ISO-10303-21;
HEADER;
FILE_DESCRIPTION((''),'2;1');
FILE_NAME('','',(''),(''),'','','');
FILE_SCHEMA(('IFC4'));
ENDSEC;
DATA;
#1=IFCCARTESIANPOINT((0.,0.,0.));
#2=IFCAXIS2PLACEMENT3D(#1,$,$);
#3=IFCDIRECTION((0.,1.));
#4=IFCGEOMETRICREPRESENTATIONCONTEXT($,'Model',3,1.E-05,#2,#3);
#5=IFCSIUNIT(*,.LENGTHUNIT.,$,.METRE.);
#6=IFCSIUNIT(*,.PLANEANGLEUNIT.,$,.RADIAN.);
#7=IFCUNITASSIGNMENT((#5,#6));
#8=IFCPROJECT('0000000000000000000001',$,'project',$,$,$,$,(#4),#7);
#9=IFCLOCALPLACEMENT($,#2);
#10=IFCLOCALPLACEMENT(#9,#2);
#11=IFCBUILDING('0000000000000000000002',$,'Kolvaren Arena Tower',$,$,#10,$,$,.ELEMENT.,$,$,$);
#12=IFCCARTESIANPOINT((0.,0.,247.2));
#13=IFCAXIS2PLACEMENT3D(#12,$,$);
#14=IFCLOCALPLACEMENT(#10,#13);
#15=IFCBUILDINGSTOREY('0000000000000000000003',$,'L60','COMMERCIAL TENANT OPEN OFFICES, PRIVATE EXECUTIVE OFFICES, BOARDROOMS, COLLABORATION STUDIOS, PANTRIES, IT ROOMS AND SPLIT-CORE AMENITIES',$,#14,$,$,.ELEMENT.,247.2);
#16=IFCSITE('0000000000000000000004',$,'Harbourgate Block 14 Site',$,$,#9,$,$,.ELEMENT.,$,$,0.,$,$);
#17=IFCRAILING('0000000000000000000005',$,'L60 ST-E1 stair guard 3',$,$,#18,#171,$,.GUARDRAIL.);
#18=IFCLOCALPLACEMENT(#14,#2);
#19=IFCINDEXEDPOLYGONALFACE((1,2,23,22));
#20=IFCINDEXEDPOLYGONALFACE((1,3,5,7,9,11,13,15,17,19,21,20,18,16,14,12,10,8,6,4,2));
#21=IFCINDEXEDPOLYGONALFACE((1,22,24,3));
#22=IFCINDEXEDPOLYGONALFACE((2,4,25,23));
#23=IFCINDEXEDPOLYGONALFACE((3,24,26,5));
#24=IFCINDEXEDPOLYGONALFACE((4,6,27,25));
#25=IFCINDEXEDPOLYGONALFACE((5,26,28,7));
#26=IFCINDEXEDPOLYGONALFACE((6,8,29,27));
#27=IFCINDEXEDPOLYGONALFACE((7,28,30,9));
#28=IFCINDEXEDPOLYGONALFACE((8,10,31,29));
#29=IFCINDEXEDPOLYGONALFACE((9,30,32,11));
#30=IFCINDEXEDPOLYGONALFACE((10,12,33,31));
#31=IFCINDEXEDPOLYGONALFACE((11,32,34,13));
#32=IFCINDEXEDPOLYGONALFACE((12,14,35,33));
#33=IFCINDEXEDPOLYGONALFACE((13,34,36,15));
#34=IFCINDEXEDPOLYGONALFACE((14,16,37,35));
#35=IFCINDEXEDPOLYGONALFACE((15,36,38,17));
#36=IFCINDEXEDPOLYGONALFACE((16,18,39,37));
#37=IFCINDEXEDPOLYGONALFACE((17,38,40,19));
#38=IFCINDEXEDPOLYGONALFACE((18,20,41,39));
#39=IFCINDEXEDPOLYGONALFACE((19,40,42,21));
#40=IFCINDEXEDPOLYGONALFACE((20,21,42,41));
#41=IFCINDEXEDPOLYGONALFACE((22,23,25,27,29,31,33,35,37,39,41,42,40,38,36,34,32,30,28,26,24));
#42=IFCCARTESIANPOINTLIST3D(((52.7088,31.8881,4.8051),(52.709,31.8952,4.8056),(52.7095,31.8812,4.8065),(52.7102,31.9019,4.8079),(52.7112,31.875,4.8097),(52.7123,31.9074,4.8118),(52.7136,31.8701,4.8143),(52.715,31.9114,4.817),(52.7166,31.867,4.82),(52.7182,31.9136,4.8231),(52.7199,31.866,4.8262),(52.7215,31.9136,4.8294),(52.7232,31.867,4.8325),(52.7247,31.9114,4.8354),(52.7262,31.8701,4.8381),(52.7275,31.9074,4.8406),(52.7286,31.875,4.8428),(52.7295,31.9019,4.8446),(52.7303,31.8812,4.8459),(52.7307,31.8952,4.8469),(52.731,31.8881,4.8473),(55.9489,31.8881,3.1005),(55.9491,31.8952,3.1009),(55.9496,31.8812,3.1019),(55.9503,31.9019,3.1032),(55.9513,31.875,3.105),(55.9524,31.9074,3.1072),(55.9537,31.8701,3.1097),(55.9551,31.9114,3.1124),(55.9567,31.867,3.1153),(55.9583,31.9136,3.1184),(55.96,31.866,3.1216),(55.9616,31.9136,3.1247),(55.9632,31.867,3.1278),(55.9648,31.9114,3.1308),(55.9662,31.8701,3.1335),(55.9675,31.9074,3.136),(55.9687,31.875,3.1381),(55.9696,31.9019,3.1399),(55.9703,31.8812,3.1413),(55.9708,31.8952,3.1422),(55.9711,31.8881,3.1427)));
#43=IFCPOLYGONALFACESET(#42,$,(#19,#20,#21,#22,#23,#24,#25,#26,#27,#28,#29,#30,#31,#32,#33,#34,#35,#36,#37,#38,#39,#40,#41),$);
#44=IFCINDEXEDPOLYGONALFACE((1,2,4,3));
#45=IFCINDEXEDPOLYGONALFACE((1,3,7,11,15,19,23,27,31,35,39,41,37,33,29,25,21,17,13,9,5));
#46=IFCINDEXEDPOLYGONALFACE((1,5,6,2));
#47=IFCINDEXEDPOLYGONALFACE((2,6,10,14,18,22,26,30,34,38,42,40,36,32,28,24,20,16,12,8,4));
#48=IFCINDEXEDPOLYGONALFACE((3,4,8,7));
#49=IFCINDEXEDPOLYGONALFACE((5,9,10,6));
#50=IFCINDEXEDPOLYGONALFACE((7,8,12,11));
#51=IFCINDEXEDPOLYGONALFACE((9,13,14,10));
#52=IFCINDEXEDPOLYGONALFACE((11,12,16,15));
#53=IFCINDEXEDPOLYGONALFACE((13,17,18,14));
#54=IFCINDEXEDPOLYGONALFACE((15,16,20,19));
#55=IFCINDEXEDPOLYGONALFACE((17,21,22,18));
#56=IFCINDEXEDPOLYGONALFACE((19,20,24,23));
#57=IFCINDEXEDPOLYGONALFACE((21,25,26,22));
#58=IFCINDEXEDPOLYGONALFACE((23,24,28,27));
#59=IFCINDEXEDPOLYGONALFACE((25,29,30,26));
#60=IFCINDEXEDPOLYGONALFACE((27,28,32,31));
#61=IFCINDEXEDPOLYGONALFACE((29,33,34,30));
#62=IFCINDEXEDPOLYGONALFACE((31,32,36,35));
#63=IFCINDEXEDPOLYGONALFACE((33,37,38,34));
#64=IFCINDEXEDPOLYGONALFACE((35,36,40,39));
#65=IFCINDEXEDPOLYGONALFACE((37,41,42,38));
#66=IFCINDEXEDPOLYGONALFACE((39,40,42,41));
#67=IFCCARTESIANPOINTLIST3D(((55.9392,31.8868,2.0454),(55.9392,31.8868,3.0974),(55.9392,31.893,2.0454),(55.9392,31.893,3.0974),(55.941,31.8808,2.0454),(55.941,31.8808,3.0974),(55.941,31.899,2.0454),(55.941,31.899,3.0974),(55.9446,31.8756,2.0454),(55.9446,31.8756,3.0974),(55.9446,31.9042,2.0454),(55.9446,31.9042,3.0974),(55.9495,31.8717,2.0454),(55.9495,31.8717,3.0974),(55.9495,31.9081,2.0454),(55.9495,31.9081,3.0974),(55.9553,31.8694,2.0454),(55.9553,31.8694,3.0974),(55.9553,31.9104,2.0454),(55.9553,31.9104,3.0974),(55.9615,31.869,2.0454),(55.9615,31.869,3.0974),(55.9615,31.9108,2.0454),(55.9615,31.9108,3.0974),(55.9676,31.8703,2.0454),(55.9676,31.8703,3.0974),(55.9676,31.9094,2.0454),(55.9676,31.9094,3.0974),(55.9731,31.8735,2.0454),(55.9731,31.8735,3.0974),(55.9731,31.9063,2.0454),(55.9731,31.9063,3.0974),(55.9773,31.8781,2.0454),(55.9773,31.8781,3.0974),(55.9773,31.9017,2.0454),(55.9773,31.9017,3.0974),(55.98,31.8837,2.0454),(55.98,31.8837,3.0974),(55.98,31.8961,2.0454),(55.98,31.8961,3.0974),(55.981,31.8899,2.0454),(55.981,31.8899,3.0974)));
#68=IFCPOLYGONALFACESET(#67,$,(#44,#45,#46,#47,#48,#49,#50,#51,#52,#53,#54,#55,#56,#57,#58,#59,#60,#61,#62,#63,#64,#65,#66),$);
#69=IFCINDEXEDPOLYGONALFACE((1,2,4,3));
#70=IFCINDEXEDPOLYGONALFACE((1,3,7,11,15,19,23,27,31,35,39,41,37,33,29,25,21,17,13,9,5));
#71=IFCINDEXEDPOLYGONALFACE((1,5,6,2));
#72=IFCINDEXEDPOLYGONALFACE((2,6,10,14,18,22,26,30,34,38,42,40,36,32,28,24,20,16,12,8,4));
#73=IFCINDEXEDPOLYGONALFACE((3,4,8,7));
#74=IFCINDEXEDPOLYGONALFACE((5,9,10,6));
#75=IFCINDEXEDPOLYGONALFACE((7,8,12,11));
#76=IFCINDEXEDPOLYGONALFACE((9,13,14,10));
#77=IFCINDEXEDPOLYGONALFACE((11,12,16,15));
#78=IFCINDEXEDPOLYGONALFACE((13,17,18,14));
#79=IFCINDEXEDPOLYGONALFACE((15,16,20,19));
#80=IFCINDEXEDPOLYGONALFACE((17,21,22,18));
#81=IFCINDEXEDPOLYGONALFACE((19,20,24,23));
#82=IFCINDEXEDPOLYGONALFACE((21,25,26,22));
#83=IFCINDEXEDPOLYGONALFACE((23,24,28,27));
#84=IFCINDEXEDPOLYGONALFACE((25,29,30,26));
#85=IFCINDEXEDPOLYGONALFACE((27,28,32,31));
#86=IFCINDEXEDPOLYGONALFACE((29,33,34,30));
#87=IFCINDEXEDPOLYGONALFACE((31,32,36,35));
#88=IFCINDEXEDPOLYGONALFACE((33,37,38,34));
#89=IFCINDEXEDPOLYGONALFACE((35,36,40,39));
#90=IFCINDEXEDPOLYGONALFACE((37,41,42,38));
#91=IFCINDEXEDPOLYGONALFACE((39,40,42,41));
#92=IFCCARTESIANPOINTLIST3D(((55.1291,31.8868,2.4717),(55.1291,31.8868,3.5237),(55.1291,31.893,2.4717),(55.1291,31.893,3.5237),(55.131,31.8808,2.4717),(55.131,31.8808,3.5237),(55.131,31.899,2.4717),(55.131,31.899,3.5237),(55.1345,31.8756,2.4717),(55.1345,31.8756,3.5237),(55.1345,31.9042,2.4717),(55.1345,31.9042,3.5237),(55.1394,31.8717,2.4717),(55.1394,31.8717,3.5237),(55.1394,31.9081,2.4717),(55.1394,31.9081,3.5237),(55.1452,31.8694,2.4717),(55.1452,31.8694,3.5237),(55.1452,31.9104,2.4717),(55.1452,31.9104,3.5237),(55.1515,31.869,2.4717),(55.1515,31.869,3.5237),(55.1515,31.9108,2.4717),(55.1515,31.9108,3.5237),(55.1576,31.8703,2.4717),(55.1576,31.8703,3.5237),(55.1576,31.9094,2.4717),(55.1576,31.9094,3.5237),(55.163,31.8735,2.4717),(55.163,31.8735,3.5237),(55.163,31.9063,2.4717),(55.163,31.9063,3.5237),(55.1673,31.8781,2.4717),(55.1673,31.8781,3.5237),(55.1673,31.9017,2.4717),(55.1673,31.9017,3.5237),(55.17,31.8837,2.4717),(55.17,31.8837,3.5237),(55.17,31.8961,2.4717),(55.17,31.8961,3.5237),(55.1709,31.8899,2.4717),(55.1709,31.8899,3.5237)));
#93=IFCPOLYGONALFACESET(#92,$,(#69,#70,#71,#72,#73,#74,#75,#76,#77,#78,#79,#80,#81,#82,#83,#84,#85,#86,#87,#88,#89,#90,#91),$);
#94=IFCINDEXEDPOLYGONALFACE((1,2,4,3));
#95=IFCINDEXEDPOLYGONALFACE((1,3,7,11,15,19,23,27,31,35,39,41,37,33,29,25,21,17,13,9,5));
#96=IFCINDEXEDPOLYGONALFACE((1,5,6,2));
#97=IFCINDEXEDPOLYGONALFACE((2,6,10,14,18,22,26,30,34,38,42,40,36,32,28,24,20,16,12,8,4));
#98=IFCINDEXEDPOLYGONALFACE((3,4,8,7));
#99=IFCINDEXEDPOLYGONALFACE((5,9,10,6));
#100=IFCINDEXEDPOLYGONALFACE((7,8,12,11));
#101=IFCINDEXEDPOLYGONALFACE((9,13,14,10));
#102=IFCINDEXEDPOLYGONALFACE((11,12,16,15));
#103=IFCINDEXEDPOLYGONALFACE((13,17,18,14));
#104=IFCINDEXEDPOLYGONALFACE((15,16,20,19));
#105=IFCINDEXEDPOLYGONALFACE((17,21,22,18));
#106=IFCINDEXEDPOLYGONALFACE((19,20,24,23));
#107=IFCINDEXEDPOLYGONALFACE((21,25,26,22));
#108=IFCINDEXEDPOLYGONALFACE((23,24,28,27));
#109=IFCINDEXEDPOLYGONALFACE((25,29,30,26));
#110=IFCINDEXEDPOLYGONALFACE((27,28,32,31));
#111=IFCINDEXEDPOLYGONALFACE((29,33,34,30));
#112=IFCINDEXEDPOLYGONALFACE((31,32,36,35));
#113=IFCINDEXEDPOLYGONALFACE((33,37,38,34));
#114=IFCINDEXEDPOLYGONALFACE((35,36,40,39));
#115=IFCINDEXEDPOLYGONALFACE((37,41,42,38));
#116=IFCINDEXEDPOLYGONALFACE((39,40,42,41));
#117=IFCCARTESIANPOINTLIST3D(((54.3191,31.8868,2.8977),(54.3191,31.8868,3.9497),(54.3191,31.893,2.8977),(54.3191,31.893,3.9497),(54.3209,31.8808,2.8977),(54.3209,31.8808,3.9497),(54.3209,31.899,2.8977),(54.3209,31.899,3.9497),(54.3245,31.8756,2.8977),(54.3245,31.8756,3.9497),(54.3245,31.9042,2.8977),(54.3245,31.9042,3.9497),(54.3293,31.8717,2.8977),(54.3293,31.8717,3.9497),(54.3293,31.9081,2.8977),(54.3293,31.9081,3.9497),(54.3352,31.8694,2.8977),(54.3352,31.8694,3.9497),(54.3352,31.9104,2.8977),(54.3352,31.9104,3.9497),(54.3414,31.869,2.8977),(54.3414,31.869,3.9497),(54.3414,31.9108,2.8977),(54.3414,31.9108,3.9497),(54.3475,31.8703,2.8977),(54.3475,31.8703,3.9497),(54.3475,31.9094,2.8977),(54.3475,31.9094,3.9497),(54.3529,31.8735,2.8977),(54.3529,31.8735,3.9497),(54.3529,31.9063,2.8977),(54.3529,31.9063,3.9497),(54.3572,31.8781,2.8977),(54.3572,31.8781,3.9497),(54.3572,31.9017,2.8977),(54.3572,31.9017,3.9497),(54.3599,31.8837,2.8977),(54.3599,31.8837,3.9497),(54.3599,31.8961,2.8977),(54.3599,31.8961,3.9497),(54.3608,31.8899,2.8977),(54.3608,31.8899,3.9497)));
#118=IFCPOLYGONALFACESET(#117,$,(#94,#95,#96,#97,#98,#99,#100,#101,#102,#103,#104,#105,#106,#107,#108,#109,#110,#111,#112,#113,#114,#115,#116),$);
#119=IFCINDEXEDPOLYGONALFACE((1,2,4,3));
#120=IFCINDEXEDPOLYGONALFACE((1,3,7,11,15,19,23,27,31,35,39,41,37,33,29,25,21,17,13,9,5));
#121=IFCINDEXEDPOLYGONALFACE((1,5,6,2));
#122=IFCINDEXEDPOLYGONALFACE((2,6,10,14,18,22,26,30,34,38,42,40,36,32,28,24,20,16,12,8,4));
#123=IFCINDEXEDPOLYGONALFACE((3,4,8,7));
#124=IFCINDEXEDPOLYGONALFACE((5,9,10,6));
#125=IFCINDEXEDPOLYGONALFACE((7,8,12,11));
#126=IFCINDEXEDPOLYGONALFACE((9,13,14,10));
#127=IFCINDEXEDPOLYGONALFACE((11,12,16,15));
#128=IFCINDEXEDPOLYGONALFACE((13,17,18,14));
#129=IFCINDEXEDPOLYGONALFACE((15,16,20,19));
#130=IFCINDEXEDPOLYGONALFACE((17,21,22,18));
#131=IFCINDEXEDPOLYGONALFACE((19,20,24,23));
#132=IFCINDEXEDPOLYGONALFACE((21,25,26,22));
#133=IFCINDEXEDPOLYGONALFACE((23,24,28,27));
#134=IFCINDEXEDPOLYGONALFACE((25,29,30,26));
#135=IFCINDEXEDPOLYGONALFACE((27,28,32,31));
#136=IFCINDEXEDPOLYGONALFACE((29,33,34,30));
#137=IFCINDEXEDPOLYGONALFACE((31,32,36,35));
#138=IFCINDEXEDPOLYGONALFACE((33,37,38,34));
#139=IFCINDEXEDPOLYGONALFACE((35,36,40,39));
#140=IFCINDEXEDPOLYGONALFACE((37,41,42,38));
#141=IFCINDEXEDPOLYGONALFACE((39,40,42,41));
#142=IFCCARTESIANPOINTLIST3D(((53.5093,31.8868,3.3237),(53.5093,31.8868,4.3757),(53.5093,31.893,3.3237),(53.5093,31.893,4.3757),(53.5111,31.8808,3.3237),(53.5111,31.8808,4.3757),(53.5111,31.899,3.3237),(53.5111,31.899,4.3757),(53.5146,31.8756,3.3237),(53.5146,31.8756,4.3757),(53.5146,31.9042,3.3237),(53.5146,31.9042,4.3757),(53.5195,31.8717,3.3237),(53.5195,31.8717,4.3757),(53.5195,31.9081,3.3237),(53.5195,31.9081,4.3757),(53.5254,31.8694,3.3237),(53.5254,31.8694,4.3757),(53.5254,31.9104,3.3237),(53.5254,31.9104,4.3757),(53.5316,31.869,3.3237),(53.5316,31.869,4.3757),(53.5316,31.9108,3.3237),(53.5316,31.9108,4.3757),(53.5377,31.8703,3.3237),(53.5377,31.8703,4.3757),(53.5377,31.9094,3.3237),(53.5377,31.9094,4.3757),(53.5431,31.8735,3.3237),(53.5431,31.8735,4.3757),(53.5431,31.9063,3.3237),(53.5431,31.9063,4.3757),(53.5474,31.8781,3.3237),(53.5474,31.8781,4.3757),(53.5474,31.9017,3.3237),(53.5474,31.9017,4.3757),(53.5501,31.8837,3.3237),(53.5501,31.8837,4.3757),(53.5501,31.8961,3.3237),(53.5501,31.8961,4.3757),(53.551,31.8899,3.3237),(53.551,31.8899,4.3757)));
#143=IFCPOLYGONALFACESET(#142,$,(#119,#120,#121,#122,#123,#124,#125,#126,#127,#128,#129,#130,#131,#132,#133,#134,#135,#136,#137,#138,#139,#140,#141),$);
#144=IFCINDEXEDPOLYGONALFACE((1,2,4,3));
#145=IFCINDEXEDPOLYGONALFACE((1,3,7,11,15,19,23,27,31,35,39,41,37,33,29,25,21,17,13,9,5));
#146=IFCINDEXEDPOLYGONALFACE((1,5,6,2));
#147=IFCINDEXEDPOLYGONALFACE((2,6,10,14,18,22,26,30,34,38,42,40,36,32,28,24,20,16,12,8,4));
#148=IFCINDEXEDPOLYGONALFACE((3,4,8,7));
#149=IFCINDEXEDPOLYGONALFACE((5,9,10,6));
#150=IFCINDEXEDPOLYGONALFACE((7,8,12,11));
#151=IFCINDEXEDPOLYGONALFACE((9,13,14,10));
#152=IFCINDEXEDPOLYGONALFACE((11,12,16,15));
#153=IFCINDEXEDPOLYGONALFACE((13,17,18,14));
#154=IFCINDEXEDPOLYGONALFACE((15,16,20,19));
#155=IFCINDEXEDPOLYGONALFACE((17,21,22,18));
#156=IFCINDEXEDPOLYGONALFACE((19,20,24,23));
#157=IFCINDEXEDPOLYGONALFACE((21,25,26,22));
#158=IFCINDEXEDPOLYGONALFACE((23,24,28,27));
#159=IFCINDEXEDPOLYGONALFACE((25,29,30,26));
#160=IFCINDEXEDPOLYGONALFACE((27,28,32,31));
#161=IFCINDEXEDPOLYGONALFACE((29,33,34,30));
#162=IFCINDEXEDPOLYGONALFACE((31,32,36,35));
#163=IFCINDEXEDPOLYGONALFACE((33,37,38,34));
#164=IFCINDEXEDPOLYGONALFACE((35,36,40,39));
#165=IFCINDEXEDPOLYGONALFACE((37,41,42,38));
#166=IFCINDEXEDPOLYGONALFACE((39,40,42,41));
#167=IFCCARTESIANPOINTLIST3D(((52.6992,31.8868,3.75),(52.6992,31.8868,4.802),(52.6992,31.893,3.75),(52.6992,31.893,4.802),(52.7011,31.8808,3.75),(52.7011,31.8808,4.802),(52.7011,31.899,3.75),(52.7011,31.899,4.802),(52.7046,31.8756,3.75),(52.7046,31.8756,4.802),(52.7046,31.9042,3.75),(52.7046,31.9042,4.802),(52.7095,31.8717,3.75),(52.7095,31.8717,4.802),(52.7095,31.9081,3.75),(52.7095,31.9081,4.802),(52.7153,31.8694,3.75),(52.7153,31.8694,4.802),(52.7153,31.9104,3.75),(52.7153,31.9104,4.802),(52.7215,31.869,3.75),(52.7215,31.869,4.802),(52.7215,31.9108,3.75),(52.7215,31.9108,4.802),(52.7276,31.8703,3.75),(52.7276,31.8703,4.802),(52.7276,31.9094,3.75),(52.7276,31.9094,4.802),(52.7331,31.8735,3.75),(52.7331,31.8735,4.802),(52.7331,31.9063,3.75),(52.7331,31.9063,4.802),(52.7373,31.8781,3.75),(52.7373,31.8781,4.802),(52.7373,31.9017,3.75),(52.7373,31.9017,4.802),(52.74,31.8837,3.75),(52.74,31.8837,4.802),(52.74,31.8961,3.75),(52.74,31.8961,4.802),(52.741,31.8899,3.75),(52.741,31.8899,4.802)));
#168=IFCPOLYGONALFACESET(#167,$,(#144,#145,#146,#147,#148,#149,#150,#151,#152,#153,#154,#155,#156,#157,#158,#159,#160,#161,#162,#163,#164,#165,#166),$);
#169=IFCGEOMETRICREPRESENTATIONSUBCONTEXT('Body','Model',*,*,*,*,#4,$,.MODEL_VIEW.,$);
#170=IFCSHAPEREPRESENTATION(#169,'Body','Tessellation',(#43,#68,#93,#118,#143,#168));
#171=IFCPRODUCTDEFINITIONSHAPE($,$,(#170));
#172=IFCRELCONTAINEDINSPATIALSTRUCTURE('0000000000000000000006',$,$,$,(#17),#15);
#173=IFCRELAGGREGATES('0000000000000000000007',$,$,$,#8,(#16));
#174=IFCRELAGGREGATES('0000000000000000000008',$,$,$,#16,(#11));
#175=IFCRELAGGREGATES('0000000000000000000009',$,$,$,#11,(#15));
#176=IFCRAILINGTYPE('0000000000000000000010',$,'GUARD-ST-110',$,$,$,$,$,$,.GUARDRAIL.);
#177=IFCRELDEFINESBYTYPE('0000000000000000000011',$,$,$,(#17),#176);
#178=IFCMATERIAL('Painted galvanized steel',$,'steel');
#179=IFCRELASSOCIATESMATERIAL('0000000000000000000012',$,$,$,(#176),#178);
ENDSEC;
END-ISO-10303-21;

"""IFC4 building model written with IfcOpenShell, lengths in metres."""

from ifc_helpers import new_model, si_unit, direction, frame, origin, origin_2d, place, context, subcontext, project, spatial, circle, extrude, material, type_object, element, save


model = new_model("IFC4")

# Units and contexts
model_context = context("Model", 3, precision=1e-05, world=origin(), true_north=direction((0.0, 1.0)))
body_context = subcontext(model_context, "Body", "Model", "MODEL_VIEW")
ifc_project = project(units=[si_unit("LENGTHUNIT", "METRE"), si_unit("PLANEANGLEUNIT", "RADIAN")], contexts=[model_context])

# Site, building, storey
site_placement = place(None, origin())
site = spatial("IfcSite", under=ifc_project, at=site_placement, Name="Harbourgate Block 14 Site", CompositionType="ELEMENT", RefElevation=0.0)
building_placement = place(site_placement, origin())
building = spatial("IfcBuilding", under=site, at=building_placement, Name="Kolvaren Arena Tower", CompositionType="ELEMENT")
storey_placement = place(building_placement, frame((0.0, 0.0, 247.2)))
storey = spatial("IfcBuildingStorey", under=building, at=storey_placement, Name="L60", Description="COMMERCIAL TENANT OPEN OFFICES, PRIVATE EXECUTIVE OFFICES, BOARDROOMS, COLLABORATION STUDIOS, PANTRIES, IT ROOMS AND SPLIT-CORE AMENITIES", CompositionType="ELEMENT", Elevation=247.2)

# Railing
ifc_material_1 = material(Name="Painted galvanized steel", Category="steel")
railing_type_1 = type_object("IfcRailingType", Name="GUARD-ST-110", PredefinedType="GUARDRAIL", material=ifc_material_1)
railing_1_placement = place(storey_placement, frame((55.96, 31.8899, 2.0454)))
element("IfcRailing", 1, at=railing_1_placement, inside=storey, type_object=railing_type_1, Name="L60 ST-E1 stair guard 3", PredefinedType="GUARDRAIL", context=body_context, shape_type="SweptSolid", body=[
    extrude(circle(Radius=0.0239, at=origin_2d()), frame((0.0, 0.0, 1.0762), z_axis=(-0.884993, 0.0, 0.465604), x_axis=(0.0, -1.0, 0.0)), (0.0, 0.0, 1.0), 3.6611),
    extrude(circle(Radius=0.021, at=origin_2d()), origin(), (0.0, 0.0, 1.0), 1.052),
    extrude(circle(Radius=0.021, at=origin_2d()), frame((-0.8101, 0.0, 0.4263)), (0.0, 0.0, 1.0), 1.052),
    extrude(circle(Radius=0.021, at=origin_2d()), frame((-1.6201, 0.0, 0.8523)), (0.0, 0.0, 1.0), 1.052),
    extrude(circle(Radius=0.021, at=origin_2d()), frame((-2.4299, 0.0, 1.2783)), (0.0, 0.0, 1.0), 1.052),
    extrude(circle(Radius=0.021, at=origin_2d()), frame((-3.24, 0.0, 1.7046)), (0.0, 0.0, 1.0), 1.052),
])

save(model, "model.ifc")
